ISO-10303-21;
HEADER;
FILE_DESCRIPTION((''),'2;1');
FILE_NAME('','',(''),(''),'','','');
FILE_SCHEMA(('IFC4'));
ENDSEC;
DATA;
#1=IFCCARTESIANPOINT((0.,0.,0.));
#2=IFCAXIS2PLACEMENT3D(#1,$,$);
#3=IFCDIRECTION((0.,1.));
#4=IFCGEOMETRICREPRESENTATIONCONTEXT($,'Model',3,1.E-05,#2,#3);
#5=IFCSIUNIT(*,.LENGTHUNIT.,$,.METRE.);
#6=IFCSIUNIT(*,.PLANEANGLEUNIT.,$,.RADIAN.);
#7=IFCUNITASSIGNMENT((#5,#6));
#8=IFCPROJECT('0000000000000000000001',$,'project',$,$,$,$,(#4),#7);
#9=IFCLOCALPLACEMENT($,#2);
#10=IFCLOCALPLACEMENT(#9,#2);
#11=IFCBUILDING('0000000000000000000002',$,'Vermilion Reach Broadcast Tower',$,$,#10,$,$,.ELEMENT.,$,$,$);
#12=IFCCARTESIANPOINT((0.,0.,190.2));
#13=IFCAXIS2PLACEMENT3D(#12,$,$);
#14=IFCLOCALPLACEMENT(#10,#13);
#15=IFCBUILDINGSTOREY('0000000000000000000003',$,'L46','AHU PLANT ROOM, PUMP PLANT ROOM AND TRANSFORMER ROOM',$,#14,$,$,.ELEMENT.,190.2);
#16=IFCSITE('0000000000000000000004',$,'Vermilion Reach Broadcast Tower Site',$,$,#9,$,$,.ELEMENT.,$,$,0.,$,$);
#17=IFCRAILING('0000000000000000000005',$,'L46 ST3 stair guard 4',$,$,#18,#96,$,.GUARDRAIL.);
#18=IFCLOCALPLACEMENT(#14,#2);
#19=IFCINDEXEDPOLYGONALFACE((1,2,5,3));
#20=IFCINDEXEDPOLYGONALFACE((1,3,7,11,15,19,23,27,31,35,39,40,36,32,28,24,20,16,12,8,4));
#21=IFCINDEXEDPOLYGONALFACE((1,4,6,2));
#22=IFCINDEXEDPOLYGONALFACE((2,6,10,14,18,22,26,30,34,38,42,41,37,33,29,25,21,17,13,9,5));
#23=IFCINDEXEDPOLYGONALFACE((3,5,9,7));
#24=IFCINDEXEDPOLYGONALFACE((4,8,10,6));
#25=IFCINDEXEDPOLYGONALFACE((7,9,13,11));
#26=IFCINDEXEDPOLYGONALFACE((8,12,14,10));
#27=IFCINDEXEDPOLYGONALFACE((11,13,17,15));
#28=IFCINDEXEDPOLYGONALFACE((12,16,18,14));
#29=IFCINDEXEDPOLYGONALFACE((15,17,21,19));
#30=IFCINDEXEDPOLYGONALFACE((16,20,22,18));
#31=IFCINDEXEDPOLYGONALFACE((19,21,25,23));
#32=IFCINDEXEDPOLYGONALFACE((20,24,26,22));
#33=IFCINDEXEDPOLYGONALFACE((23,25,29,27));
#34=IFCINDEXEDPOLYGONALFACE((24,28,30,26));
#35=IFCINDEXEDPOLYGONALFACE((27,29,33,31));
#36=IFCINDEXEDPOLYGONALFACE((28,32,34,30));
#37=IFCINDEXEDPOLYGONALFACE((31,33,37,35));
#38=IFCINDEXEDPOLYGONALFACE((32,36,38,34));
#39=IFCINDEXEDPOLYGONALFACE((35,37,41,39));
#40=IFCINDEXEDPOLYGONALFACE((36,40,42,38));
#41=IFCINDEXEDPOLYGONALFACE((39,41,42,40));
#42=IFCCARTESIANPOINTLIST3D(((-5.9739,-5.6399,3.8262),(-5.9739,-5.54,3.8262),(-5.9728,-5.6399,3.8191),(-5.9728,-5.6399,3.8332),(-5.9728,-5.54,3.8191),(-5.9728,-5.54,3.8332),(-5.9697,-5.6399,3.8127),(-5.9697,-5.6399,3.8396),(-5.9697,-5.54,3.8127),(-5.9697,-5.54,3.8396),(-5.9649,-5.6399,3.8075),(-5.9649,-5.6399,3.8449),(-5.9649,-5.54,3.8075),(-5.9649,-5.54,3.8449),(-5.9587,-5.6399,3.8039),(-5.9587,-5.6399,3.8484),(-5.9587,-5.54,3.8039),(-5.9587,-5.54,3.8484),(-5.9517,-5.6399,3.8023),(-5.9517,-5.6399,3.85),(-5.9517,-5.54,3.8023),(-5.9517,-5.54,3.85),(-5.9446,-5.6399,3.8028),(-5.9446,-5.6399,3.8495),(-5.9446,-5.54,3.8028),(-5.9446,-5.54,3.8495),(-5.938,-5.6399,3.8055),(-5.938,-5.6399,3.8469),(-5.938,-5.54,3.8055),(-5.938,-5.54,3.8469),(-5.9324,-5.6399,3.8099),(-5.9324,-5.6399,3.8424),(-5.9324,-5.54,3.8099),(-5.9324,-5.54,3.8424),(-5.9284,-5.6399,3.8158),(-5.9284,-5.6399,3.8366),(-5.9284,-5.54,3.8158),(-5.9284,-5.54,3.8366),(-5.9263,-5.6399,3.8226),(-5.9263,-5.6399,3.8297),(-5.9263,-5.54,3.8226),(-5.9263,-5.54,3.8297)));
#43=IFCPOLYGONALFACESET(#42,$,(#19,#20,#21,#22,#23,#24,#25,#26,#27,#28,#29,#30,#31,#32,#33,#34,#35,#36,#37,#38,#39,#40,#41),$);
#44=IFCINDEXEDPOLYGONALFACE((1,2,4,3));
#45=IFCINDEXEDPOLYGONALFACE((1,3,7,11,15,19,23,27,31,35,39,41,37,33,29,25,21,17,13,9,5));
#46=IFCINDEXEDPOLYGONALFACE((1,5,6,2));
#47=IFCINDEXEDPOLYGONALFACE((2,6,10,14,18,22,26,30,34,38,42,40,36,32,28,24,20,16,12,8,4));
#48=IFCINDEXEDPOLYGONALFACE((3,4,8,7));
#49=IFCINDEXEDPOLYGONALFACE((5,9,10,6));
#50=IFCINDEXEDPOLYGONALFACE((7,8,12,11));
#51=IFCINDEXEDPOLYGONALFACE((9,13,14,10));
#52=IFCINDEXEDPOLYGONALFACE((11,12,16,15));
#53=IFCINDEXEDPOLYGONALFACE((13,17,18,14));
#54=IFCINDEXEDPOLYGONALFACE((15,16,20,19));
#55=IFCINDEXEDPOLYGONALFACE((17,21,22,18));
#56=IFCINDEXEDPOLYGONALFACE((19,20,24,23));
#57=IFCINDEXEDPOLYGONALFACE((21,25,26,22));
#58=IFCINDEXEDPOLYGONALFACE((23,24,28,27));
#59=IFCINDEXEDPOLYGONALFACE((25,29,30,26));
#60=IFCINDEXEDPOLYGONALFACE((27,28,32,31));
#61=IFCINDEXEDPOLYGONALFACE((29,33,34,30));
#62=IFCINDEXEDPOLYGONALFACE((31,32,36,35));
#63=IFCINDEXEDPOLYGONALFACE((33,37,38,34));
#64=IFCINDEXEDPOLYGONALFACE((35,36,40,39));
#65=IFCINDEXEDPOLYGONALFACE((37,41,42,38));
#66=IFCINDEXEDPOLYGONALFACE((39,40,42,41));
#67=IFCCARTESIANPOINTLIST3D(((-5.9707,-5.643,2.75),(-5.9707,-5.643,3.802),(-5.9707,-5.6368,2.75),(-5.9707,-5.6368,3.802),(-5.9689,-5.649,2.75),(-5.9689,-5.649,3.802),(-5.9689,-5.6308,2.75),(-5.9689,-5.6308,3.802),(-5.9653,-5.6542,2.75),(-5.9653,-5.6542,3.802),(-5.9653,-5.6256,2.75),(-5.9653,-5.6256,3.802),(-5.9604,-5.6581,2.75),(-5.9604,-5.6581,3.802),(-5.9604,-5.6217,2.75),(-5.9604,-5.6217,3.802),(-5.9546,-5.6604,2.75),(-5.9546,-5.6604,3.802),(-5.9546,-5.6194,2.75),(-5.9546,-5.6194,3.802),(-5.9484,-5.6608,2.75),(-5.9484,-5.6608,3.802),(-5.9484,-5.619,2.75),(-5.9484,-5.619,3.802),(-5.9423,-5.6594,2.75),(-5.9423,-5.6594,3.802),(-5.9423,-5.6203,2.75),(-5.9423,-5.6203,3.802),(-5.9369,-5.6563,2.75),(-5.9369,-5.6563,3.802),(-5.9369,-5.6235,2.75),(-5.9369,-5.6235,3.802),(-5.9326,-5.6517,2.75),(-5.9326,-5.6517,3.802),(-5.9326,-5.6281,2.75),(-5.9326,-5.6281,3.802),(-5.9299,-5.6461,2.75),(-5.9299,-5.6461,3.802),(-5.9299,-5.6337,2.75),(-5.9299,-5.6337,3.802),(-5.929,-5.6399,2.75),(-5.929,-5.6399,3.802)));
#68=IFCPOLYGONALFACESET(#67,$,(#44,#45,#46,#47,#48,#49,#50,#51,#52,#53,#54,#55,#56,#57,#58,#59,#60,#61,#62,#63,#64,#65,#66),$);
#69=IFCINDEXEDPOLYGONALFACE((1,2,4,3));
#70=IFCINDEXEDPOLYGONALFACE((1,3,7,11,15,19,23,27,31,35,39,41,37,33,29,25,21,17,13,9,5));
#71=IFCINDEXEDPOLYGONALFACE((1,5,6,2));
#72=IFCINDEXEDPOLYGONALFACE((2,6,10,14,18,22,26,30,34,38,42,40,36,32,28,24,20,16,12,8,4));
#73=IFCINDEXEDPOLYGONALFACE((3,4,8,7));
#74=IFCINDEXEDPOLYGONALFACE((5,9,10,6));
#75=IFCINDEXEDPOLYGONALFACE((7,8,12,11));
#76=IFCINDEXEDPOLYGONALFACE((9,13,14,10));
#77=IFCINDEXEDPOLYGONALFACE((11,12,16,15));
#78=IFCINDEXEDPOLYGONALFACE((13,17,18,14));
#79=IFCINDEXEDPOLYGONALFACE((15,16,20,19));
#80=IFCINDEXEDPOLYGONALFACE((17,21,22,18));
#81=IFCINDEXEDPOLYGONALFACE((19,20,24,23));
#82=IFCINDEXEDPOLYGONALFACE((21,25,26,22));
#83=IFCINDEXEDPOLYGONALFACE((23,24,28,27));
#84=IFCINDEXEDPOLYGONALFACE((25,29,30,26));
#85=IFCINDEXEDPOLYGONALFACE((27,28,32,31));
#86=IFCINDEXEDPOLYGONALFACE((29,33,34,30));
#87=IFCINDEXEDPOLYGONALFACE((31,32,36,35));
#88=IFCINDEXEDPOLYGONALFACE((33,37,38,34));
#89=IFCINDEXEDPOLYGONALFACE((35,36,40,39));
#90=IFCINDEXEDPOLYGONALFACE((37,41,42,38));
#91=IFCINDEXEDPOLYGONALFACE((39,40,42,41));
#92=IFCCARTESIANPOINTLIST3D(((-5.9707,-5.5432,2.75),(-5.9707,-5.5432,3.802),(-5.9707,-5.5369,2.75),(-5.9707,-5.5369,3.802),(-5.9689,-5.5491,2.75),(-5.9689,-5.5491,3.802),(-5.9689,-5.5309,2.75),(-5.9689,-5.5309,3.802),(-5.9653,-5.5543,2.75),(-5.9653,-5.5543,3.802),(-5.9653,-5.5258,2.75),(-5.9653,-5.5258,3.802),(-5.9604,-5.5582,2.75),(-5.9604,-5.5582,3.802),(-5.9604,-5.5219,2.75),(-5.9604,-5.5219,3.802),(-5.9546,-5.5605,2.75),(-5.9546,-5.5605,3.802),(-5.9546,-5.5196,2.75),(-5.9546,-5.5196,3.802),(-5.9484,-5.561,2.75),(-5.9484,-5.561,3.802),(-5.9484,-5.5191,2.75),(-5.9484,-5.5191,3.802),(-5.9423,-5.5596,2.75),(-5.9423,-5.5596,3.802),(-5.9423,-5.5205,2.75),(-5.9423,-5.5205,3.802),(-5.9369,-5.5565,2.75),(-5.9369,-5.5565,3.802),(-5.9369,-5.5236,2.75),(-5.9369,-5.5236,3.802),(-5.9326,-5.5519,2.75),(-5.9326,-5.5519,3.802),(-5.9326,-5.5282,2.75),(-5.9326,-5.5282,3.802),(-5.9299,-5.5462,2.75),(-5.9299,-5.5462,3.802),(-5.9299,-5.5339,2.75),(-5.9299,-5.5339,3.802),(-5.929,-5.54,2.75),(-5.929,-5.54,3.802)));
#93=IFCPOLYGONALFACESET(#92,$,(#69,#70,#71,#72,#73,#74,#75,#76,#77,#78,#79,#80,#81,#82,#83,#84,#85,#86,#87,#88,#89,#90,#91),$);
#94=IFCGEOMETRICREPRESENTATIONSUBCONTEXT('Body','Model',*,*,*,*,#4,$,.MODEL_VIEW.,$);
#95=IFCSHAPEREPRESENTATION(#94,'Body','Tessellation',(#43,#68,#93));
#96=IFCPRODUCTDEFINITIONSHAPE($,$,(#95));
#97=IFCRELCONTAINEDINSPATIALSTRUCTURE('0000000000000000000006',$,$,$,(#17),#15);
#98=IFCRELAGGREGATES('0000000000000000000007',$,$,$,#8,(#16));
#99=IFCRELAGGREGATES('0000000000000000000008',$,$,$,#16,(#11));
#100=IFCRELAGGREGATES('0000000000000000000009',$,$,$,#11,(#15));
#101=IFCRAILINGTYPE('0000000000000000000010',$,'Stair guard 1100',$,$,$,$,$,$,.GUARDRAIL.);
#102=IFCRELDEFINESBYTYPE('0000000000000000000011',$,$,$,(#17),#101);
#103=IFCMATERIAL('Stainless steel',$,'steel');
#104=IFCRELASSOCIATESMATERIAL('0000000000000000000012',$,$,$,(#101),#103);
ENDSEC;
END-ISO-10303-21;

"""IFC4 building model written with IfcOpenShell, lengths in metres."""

from ifc_helpers import new_model, si_unit, direction, frame, origin, origin_2d, place, context, subcontext, project, spatial, circle, extrude, material, type_object, element, save


model = new_model("IFC4")

# Units and contexts
model_context = context("Model", 3, precision=1e-05, world=origin(), true_north=direction((0.0, 1.0)))
body_context = subcontext(model_context, "Body", "Model", "MODEL_VIEW")
ifc_project = project(units=[si_unit("LENGTHUNIT", "METRE"), si_unit("PLANEANGLEUNIT", "RADIAN")], contexts=[model_context])

# Site, building, storey
site_placement = place(None, origin())
site = spatial("IfcSite", under=ifc_project, at=site_placement, Name="Vermilion Reach Broadcast Tower Site", CompositionType="ELEMENT", RefElevation=0.0)
building_placement = place(site_placement, origin())
building = spatial("IfcBuilding", under=site, at=building_placement, Name="Vermilion Reach Broadcast Tower", CompositionType="ELEMENT")
storey_placement = place(building_placement, frame((0.0, 0.0, 190.2)))
storey = spatial("IfcBuildingStorey", under=building, at=storey_placement, Name="L46", Description="AHU PLANT ROOM, PUMP PLANT ROOM AND TRANSFORMER ROOM", CompositionType="ELEMENT", Elevation=190.2)

# Railing
ifc_material_1 = material(Name="Stainless steel", Category="steel")
railing_type = type_object("IfcRailingType", Name="Stair guard 1100", PredefinedType="GUARDRAIL", material=ifc_material_1)
railing_1_placement = place(storey_placement, frame((-5.95, -5.6399, 2.75)))
element("IfcRailing", 1, at=railing_1_placement, inside=storey, type_object=railing_type, Name="L46 ST3 stair guard 4", PredefinedType="GUARDRAIL", context=body_context, shape_type="SweptSolid", body=[
    extrude(circle(Radius=0.0239, at=origin_2d()), frame((0.0, 0.0, 1.0762), z_axis=(0.0, 1.0, 0.0), x_axis=(-1.0, 0.0, 0.0)), (0.0, 0.0, 1.0), 0.0999),
    extrude(circle(Radius=0.021, at=origin_2d()), origin(), (0.0, 0.0, 1.0), 1.052),
    extrude(circle(Radius=0.021, at=origin_2d()), frame((0.0, 0.0999, 0.0)), (0.0, 0.0, 1.0), 1.052),
])

save(model, "model.ifc")
